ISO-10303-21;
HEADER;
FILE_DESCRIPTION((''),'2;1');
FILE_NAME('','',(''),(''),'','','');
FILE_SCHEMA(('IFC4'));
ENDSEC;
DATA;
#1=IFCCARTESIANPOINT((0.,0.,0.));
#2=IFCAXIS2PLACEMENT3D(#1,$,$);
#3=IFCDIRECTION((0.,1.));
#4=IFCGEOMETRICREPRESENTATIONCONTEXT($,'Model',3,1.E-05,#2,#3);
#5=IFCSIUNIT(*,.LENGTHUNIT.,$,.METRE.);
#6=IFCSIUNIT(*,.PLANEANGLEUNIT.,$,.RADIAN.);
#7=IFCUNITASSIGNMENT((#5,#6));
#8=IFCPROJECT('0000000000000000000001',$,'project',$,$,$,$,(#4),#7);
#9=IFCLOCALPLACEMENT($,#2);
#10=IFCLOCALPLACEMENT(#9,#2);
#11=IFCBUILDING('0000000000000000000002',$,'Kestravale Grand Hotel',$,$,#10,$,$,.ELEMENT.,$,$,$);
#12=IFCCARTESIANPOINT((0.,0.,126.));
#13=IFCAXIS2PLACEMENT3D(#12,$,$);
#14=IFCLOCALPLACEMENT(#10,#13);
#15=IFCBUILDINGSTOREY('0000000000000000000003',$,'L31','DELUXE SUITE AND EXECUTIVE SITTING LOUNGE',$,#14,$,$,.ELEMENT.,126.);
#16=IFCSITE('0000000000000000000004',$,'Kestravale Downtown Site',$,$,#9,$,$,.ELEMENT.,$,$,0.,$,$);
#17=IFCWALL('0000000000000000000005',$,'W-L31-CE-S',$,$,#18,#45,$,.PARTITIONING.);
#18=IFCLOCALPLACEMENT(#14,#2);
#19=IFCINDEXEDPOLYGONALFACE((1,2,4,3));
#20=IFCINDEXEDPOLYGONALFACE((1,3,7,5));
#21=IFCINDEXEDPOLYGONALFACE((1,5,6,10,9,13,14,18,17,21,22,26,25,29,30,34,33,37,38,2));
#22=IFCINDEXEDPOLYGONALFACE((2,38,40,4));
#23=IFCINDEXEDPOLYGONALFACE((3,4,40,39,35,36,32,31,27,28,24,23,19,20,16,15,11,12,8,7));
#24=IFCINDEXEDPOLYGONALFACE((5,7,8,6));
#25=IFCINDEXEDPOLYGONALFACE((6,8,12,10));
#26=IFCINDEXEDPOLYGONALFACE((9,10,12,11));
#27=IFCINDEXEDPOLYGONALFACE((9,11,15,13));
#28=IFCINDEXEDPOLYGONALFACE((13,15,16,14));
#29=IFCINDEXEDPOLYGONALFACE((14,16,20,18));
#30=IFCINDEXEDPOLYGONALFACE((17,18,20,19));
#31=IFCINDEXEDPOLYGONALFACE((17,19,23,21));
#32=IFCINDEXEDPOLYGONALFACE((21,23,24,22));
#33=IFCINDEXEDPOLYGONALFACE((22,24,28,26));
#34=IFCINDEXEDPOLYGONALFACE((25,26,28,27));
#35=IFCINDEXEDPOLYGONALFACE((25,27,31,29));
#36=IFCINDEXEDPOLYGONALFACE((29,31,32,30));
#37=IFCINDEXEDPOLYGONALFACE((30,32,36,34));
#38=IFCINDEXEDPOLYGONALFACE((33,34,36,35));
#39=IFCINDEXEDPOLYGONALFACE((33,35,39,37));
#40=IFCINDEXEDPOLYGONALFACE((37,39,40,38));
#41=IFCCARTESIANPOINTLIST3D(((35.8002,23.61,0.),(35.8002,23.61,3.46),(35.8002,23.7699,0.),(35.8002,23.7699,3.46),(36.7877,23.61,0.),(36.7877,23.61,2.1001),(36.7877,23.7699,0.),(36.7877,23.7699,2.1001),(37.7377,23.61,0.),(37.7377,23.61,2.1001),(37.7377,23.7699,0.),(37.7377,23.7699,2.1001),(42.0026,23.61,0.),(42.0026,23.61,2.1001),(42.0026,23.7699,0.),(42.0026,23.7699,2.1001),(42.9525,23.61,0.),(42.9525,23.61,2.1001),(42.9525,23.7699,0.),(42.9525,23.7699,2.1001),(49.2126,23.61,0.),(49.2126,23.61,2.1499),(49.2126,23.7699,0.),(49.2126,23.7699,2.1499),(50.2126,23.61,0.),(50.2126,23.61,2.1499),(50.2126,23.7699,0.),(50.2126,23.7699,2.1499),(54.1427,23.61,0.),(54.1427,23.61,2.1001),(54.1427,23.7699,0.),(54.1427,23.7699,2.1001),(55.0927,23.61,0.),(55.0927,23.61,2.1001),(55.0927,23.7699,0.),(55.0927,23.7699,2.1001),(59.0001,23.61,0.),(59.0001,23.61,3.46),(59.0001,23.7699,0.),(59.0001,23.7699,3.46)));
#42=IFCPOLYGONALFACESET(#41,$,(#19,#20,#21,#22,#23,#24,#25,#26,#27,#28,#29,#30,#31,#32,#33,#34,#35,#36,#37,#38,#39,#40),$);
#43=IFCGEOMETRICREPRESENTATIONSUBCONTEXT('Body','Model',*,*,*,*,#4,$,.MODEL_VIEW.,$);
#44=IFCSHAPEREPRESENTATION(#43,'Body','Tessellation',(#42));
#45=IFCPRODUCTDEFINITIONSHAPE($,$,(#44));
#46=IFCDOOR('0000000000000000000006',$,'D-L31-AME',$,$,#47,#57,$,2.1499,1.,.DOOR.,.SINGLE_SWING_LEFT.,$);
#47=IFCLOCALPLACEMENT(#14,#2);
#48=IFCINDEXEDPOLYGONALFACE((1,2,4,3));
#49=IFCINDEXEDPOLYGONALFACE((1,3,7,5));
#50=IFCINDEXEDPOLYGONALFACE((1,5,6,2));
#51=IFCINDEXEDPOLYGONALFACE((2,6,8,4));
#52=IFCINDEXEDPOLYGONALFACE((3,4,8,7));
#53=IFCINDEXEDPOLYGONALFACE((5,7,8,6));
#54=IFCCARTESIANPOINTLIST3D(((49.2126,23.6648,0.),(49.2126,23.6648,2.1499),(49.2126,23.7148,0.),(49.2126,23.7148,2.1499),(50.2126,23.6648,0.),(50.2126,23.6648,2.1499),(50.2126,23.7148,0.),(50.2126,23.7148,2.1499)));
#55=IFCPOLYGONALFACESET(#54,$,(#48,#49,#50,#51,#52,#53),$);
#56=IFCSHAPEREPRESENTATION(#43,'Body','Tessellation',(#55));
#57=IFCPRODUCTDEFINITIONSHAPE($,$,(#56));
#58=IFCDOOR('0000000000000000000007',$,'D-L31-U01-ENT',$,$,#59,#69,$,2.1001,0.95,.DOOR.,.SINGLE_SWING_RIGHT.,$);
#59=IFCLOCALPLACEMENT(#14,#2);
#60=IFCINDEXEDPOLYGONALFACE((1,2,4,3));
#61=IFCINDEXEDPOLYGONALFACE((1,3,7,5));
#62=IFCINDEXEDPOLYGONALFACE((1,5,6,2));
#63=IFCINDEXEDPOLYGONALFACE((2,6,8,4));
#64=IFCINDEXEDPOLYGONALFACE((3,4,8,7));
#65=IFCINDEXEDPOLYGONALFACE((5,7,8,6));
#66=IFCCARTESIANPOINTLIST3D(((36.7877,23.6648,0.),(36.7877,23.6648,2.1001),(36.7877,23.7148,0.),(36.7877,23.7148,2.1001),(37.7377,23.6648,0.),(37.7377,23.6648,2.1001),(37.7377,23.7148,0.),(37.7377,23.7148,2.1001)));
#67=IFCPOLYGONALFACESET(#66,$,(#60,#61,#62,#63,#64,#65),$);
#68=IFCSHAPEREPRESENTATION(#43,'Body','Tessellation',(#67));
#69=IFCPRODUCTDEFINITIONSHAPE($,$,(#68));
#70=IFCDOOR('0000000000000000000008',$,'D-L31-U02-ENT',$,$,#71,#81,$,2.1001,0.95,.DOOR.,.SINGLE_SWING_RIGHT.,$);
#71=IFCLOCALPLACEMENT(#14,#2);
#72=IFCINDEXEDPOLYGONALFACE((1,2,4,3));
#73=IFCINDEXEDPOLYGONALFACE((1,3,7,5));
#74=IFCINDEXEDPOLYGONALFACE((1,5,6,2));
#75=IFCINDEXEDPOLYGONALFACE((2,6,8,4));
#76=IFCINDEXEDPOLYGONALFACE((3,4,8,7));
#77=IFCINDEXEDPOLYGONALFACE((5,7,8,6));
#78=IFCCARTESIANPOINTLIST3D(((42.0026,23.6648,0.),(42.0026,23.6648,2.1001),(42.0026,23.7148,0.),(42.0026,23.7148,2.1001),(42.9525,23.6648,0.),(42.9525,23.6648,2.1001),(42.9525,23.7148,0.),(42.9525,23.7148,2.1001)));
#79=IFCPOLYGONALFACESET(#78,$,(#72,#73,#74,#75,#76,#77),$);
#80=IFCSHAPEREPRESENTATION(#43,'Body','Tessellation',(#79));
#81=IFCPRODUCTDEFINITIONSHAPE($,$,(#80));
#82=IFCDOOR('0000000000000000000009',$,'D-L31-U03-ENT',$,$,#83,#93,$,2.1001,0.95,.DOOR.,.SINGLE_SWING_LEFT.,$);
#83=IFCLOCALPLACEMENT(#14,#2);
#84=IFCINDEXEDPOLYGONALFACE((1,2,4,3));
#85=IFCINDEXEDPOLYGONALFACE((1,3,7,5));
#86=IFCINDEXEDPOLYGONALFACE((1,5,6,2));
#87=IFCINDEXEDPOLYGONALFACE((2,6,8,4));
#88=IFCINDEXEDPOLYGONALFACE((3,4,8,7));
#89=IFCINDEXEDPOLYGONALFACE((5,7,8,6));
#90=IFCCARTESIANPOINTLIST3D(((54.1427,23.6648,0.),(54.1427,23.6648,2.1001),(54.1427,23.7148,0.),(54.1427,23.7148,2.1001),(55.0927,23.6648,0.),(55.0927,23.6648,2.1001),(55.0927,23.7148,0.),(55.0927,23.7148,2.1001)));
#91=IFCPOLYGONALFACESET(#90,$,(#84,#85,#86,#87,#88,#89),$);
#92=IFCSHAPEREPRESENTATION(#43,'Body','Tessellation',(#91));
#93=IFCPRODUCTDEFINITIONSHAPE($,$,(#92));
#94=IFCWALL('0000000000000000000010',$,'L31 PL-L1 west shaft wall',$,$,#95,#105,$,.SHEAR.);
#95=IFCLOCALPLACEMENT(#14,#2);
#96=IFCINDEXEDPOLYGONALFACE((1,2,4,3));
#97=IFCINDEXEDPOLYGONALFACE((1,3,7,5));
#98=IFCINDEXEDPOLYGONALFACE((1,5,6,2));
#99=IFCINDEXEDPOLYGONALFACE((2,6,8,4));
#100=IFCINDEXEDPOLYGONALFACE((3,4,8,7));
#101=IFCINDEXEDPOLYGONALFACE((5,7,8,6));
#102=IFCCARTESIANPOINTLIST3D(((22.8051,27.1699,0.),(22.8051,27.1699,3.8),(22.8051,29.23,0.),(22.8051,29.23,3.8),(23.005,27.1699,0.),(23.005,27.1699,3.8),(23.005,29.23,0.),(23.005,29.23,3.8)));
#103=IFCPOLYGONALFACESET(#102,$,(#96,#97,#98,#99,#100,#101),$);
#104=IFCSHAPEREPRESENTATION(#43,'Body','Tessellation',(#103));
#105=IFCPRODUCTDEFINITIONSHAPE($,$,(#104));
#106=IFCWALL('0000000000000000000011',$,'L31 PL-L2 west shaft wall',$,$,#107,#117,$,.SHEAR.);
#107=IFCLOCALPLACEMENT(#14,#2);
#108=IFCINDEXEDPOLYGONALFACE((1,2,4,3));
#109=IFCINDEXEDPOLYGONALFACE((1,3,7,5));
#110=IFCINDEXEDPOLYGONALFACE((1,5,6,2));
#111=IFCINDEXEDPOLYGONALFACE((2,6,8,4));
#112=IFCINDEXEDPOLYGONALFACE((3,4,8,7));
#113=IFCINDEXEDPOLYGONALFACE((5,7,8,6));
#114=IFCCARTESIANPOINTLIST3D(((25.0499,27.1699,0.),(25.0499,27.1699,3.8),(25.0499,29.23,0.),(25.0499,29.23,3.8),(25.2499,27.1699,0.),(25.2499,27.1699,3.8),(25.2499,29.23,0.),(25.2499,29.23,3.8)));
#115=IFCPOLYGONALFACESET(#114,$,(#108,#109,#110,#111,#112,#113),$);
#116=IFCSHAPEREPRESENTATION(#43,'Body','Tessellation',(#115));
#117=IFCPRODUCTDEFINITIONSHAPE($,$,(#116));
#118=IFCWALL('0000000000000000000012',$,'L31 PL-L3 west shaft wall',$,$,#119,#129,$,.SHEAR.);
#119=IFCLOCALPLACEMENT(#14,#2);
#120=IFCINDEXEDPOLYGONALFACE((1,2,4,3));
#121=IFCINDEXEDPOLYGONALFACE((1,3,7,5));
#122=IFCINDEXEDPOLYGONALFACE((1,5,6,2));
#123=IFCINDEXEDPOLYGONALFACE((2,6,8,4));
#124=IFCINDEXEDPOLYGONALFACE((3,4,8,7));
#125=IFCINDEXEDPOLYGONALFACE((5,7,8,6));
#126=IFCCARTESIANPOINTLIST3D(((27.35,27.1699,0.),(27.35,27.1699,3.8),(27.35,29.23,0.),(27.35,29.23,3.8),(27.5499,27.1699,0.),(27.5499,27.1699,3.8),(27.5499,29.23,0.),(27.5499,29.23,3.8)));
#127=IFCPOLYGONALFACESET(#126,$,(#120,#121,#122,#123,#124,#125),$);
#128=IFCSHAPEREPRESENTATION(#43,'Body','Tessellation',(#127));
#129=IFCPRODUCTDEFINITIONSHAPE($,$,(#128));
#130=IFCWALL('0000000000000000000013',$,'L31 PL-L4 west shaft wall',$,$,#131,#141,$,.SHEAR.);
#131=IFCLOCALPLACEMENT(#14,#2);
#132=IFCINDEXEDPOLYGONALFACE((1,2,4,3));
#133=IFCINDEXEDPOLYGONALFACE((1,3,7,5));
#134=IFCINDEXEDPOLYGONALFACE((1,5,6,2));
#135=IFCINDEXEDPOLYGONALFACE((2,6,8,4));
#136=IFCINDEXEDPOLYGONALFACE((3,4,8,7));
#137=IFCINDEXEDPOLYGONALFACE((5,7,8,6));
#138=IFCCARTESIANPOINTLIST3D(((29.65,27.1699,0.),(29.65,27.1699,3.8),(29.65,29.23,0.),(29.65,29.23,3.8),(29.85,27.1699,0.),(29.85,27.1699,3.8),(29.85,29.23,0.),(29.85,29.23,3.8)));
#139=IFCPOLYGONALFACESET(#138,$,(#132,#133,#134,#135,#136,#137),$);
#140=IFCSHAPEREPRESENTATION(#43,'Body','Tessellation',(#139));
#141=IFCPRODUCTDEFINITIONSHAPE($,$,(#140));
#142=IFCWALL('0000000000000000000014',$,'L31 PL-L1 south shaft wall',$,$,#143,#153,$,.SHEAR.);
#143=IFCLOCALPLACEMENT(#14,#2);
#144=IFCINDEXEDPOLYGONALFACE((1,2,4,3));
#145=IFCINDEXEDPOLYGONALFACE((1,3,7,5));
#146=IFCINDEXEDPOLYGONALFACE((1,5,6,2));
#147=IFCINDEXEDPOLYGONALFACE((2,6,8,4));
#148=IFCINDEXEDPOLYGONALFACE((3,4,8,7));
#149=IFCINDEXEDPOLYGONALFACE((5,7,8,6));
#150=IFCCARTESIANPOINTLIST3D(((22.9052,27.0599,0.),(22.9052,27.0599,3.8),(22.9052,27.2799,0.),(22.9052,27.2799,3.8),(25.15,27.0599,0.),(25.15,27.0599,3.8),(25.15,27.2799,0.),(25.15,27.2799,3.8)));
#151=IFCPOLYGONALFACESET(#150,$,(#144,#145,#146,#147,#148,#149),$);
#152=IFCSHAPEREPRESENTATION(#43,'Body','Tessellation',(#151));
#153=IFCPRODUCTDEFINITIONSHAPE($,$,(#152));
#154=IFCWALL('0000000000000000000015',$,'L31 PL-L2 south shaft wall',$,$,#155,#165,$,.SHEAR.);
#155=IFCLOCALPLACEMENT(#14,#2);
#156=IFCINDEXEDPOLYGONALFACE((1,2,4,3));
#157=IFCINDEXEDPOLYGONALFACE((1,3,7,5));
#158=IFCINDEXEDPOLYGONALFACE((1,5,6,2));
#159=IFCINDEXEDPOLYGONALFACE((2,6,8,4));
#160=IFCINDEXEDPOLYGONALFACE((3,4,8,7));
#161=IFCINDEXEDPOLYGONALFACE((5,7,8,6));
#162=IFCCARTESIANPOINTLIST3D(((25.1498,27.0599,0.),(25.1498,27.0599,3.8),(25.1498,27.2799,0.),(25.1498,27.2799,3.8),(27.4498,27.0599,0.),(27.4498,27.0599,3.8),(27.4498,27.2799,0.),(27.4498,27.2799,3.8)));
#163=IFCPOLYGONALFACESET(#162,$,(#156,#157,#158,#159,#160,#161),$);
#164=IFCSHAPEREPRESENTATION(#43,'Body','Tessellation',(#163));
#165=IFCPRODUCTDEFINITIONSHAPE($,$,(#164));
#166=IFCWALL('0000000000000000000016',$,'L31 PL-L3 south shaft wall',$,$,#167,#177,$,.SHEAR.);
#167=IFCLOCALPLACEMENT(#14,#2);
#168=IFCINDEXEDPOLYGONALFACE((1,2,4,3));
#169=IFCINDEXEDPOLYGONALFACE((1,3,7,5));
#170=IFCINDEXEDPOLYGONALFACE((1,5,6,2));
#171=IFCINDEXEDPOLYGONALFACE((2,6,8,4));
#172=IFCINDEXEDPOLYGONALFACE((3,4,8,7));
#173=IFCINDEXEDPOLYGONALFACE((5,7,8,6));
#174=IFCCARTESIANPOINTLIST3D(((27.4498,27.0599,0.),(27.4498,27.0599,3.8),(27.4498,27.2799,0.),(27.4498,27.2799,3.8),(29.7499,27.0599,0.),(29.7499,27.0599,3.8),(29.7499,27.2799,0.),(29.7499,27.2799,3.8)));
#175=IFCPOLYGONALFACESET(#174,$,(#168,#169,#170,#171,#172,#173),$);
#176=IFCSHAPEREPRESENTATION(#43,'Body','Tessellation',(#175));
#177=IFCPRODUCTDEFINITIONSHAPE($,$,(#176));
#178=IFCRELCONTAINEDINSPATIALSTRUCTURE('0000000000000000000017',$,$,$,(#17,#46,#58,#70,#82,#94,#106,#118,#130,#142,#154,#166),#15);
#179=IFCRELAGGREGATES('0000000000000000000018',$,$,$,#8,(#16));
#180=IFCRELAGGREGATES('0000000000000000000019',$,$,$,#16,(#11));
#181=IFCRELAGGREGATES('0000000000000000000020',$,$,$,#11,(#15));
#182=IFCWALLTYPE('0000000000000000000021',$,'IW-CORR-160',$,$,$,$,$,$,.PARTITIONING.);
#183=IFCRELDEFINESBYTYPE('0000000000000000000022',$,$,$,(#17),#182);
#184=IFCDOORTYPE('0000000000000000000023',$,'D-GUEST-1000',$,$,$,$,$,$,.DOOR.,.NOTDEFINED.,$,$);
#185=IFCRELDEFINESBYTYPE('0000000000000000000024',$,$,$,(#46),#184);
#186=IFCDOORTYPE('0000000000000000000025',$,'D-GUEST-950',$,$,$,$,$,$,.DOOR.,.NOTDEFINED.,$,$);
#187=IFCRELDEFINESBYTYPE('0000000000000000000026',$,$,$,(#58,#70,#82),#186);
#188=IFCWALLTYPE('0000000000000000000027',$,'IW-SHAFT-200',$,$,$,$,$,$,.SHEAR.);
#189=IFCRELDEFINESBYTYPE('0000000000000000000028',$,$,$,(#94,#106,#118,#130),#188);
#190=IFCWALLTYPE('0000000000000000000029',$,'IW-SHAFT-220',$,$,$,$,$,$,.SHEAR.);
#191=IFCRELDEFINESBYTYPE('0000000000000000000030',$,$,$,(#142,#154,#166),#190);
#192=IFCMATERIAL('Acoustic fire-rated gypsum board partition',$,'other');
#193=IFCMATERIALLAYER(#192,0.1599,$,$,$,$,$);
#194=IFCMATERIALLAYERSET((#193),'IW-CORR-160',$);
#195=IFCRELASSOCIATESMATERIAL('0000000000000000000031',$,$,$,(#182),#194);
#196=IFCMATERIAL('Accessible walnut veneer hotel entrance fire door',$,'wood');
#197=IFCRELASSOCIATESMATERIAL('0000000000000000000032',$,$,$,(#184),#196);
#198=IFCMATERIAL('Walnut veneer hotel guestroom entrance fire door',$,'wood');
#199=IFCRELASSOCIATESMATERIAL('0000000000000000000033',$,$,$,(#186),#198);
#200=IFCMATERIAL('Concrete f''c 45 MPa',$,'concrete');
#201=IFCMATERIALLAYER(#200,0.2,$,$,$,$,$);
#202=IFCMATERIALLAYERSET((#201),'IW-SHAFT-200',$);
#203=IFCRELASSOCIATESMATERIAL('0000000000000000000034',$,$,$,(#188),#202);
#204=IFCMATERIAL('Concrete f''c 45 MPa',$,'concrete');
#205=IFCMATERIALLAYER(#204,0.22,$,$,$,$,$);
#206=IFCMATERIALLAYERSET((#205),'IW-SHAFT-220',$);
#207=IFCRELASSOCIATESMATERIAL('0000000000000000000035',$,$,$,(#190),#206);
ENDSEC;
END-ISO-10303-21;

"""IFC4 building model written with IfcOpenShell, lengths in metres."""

from ifc_helpers import new_model, si_unit, direction, frame, frame_2d, origin, place, context, subcontext, project, spatial, rectangle, extrude, material, layer, layer_set, type_object, element, fill, save


model = new_model("IFC4")

# Units and contexts
model_context = context("Model", 3, precision=1e-05, world=origin(), true_north=direction((0.0, 1.0)))
body_context = subcontext(model_context, "Body", "Model", "MODEL_VIEW")
ifc_project = project(units=[si_unit("LENGTHUNIT", "METRE"), si_unit("PLANEANGLEUNIT", "RADIAN")], contexts=[model_context])

# Site, building, storey
site_placement = place(None, origin())
site = spatial("IfcSite", under=ifc_project, at=site_placement, Name="Kestravale Downtown Site", CompositionType="ELEMENT", RefElevation=0.0)
building_placement = place(site_placement, origin())
building = spatial("IfcBuilding", under=site, at=building_placement, Name="Kestravale Grand Hotel", CompositionType="ELEMENT")
storey_placement = place(building_placement, frame((0.0, 0.0, 126.0)))
storey = spatial("IfcBuildingStorey", under=building, at=storey_placement, Name="L31", Description="DELUXE SUITE AND EXECUTIVE SITTING LOUNGE", CompositionType="ELEMENT", Elevation=126.0)

# Shared definitions
ifc_material_1 = material(Name="Acoustic fire-rated gypsum board partition", Category="other")
ifc_layer_1 = layer(ifc_material_1, 0.1599)
ifc_layer_set_1 = layer_set([ifc_layer_1], Name="IW-CORR-160")
wall_type_1 = type_object("IfcWallType", Name="IW-CORR-160", PredefinedType="PARTITIONING", material=ifc_layer_set_1)

# Shared definitions
ifc_material_2 = material(Name="Accessible walnut veneer hotel entrance fire door", Category="wood")
door_type_1 = type_object("IfcDoorType", Name="D-GUEST-1000", OperationType="NOTDEFINED", PredefinedType="DOOR", material=ifc_material_2)

# Wall, openings, doors
wall_1_placement = place(storey_placement, frame((35.8, 23.6899, 0.0), z_axis=(0.0, 0.0, 1.0), x_axis=(1.0, 0.0, 0.0)))
wall_1 = element("IfcWall", 1, at=wall_1_placement, inside=storey, type_object=wall_type_1, Name="W-L31-CE-S", PredefinedType="PARTITIONING", context=body_context, shape_type="SweptSolid", body=[
    extrude(rectangle(XDim=23.2, YDim=0.1599, at=frame_2d((11.6001, 0.0))), origin(), (0.0, 0.0, 1.0), 3.46),
])
opening_1_placement = place(wall_1_placement, frame((0.9875, 0.0, 0.0)))
opening_1 = element("IfcOpeningElement", 2, at=opening_1_placement, cuts=wall_1, PredefinedType="OPENING", context=body_context, shape_type="SweptSolid", body=[
    extrude(rectangle(XDim=0.95, YDim=2.1001, at=frame_2d((0.4751, 1.05))), frame((0.0, 0.0898, 0.0), z_axis=(0.0, -1.0, 0.0), x_axis=(1.0, 0.0, 0.0)), (0.0, 0.0, 1.0), 0.1799),
])
opening_2_placement = place(wall_1_placement, frame((6.2024, 0.0, 0.0)))
opening_2 = element("IfcOpeningElement", 3, at=opening_2_placement, cuts=wall_1, PredefinedType="OPENING", context=body_context, shape_type="SweptSolid", body=[
    extrude(rectangle(XDim=0.95, YDim=2.1001, at=frame_2d((0.4751, 1.05))), frame((0.0, 0.0898, 0.0), z_axis=(0.0, -1.0, 0.0), x_axis=(1.0, 0.0, 0.0)), (0.0, 0.0, 1.0), 0.1799),
])
opening_3_placement = place(wall_1_placement, frame((13.4126, 0.0, 0.0)))
opening_3 = element("IfcOpeningElement", 4, at=opening_3_placement, cuts=wall_1, PredefinedType="OPENING", context=body_context, shape_type="SweptSolid", body=[
    extrude(rectangle(XDim=1.0, YDim=2.1499, at=frame_2d((0.5, 1.075))), frame((0.0, 0.0898, 0.0), z_axis=(0.0, -1.0, 0.0), x_axis=(1.0, 0.0, 0.0)), (0.0, 0.0, 1.0), 0.1799),
])
opening_4_placement = place(wall_1_placement, frame((18.3425, 0.0, 0.0)))
opening_4 = element("IfcOpeningElement", 5, at=opening_4_placement, cuts=wall_1, PredefinedType="OPENING", context=body_context, shape_type="SweptSolid", body=[
    extrude(rectangle(XDim=0.95, YDim=2.1001, at=frame_2d((0.4751, 1.05))), frame((0.0, 0.0898, 0.0), z_axis=(0.0, -1.0, 0.0), x_axis=(1.0, 0.0, 0.0)), (0.0, 0.0, 1.0), 0.1799),
])
door_1_placement = place(opening_3_placement, origin())
door_1 = element("IfcDoor", 6, at=door_1_placement, inside=storey, type_object=door_type_1, Name="D-L31-AME", OperationType="SINGLE_SWING_LEFT", OverallHeight=2.1499, OverallWidth=1.0, PredefinedType="DOOR", context=body_context, shape_type="SweptSolid", body=[
    extrude(rectangle(XDim=1.0, YDim=2.1499, at=frame_2d((0.5, 1.075))), frame((0.0, 0.0249, 0.0), z_axis=(0.0, -1.0, 0.0), x_axis=(1.0, 0.0, 0.0)), (0.0, 0.0, 1.0), 0.05),
])
fill(opening_3, door_1)
ifc_material_3 = material(Name="Walnut veneer hotel guestroom entrance fire door", Category="wood")
door_type_2 = type_object("IfcDoorType", Name="D-GUEST-950", OperationType="NOTDEFINED", PredefinedType="DOOR", material=ifc_material_3)
door_2_placement = place(opening_1_placement, origin())
door_2 = element("IfcDoor", 7, at=door_2_placement, inside=storey, type_object=door_type_2, Name="D-L31-U01-ENT", OperationType="SINGLE_SWING_RIGHT", OverallHeight=2.1001, OverallWidth=0.95, PredefinedType="DOOR", context=body_context, shape_type="SweptSolid", body=[
    extrude(rectangle(XDim=0.95, YDim=2.1001, at=frame_2d((0.4751, 1.05))), frame((0.0, 0.0249, 0.0), z_axis=(0.0, -1.0, 0.0), x_axis=(1.0, 0.0, 0.0)), (0.0, 0.0, 1.0), 0.05),
])
fill(opening_1, door_2)
door_3_placement = place(opening_2_placement, origin())
door_3 = element("IfcDoor", 8, at=door_3_placement, inside=storey, type_object=door_type_2, Name="D-L31-U02-ENT", OperationType="SINGLE_SWING_RIGHT", OverallHeight=2.1001, OverallWidth=0.95, PredefinedType="DOOR", context=body_context, shape_type="SweptSolid", body=[
    extrude(rectangle(XDim=0.95, YDim=2.1001, at=frame_2d((0.4751, 1.05))), frame((0.0, 0.0249, 0.0), z_axis=(0.0, -1.0, 0.0), x_axis=(1.0, 0.0, 0.0)), (0.0, 0.0, 1.0), 0.05),
])
fill(opening_2, door_3)
door_4_placement = place(opening_4_placement, origin())
door_4 = element("IfcDoor", 9, at=door_4_placement, inside=storey, type_object=door_type_2, Name="D-L31-U03-ENT", OperationType="SINGLE_SWING_LEFT", OverallHeight=2.1001, OverallWidth=0.95, PredefinedType="DOOR", context=body_context, shape_type="SweptSolid", body=[
    extrude(rectangle(XDim=0.95, YDim=2.1001, at=frame_2d((0.4751, 1.05))), frame((0.0, 0.0249, 0.0), z_axis=(0.0, -1.0, 0.0), x_axis=(1.0, 0.0, 0.0)), (0.0, 0.0, 1.0), 0.05),
])
fill(opening_4, door_4)

# Walls
ifc_material_4 = material(Name="Concrete f'c 45 MPa", Category="concrete")
ifc_layer_2 = layer(ifc_material_4, 0.2)
ifc_layer_set_2 = layer_set([ifc_layer_2], Name="IW-SHAFT-200")
wall_type_2 = type_object("IfcWallType", Name="IW-SHAFT-200", PredefinedType="SHEAR", material=ifc_layer_set_2)
for number, where, z_axis, x_axis, name in (
    (10, (22.905, 27.1699, 0.0), (0.0, 0.0, 1.0), (0.0, 1.0, 0.0), "L31 PL-L1 west shaft wall"),
    (11, (25.1499, 27.1699, 0.0), (0.0, 0.0, 1.0), (0.0, 1.0, 0.0), "L31 PL-L2 west shaft wall"),
    (12, (27.45, 27.1699, 0.0), (0.0, 0.0, 1.0), (0.0, 1.0, 0.0), "L31 PL-L3 west shaft wall"),
    (13, (29.75, 27.1699, 0.0), (0.0, 0.0, 1.0), (0.0, 1.0, 0.0), "L31 PL-L4 west shaft wall"),
):
    element("IfcWall", number, at=place(storey_placement, frame(where, z_axis=z_axis, x_axis=x_axis)), inside=storey, type_object=wall_type_2, Name=name, PredefinedType="SHEAR", context=body_context, shape_type="SweptSolid", body=[
        extrude(rectangle(XDim=2.0601, YDim=0.2, at=frame_2d((1.03, 0.0))), origin(), (0.0, 0.0, 1.0), 3.8),
    ])
ifc_material_5 = material(Name="Concrete f'c 45 MPa", Category="concrete")
ifc_layer_3 = layer(ifc_material_5, 0.22)
ifc_layer_set_3 = layer_set([ifc_layer_3], Name="IW-SHAFT-220")
wall_type_3 = type_object("IfcWallType", Name="IW-SHAFT-220", PredefinedType="SHEAR", material=ifc_layer_set_3)
wall_2_placement = place(storey_placement, frame((22.905, 27.1699, 0.0), z_axis=(0.0, 0.0, 1.0), x_axis=(1.0, 0.0, 0.0)))
element("IfcWall", 14, at=wall_2_placement, inside=storey, type_object=wall_type_3, Name="L31 PL-L1 south shaft wall", PredefinedType="SHEAR", context=body_context, shape_type="SweptSolid", body=[
    extrude(rectangle(XDim=2.2449, YDim=0.22, at=frame_2d((1.1226, 0.0))), origin(), (0.0, 0.0, 1.0), 3.8),
])
for number, where, z_axis, x_axis, name in (
    (15, (25.1499, 27.1699, 0.0), (0.0, 0.0, 1.0), (1.0, 0.0, 0.0), "L31 PL-L2 south shaft wall"),
    (16, (27.45, 27.1699, 0.0), (0.0, 0.0, 1.0), (1.0, 0.0, 0.0), "L31 PL-L3 south shaft wall"),
):
    element("IfcWall", number, at=place(storey_placement, frame(where, z_axis=z_axis, x_axis=x_axis)), inside=storey, type_object=wall_type_3, Name=name, PredefinedType="SHEAR", context=body_context, shape_type="SweptSolid", body=[
        extrude(rectangle(XDim=2.3, YDim=0.22, at=frame_2d((1.1499, 0.0))), origin(), (0.0, 0.0, 1.0), 3.8),
    ])

save(model, "model.ifc")
